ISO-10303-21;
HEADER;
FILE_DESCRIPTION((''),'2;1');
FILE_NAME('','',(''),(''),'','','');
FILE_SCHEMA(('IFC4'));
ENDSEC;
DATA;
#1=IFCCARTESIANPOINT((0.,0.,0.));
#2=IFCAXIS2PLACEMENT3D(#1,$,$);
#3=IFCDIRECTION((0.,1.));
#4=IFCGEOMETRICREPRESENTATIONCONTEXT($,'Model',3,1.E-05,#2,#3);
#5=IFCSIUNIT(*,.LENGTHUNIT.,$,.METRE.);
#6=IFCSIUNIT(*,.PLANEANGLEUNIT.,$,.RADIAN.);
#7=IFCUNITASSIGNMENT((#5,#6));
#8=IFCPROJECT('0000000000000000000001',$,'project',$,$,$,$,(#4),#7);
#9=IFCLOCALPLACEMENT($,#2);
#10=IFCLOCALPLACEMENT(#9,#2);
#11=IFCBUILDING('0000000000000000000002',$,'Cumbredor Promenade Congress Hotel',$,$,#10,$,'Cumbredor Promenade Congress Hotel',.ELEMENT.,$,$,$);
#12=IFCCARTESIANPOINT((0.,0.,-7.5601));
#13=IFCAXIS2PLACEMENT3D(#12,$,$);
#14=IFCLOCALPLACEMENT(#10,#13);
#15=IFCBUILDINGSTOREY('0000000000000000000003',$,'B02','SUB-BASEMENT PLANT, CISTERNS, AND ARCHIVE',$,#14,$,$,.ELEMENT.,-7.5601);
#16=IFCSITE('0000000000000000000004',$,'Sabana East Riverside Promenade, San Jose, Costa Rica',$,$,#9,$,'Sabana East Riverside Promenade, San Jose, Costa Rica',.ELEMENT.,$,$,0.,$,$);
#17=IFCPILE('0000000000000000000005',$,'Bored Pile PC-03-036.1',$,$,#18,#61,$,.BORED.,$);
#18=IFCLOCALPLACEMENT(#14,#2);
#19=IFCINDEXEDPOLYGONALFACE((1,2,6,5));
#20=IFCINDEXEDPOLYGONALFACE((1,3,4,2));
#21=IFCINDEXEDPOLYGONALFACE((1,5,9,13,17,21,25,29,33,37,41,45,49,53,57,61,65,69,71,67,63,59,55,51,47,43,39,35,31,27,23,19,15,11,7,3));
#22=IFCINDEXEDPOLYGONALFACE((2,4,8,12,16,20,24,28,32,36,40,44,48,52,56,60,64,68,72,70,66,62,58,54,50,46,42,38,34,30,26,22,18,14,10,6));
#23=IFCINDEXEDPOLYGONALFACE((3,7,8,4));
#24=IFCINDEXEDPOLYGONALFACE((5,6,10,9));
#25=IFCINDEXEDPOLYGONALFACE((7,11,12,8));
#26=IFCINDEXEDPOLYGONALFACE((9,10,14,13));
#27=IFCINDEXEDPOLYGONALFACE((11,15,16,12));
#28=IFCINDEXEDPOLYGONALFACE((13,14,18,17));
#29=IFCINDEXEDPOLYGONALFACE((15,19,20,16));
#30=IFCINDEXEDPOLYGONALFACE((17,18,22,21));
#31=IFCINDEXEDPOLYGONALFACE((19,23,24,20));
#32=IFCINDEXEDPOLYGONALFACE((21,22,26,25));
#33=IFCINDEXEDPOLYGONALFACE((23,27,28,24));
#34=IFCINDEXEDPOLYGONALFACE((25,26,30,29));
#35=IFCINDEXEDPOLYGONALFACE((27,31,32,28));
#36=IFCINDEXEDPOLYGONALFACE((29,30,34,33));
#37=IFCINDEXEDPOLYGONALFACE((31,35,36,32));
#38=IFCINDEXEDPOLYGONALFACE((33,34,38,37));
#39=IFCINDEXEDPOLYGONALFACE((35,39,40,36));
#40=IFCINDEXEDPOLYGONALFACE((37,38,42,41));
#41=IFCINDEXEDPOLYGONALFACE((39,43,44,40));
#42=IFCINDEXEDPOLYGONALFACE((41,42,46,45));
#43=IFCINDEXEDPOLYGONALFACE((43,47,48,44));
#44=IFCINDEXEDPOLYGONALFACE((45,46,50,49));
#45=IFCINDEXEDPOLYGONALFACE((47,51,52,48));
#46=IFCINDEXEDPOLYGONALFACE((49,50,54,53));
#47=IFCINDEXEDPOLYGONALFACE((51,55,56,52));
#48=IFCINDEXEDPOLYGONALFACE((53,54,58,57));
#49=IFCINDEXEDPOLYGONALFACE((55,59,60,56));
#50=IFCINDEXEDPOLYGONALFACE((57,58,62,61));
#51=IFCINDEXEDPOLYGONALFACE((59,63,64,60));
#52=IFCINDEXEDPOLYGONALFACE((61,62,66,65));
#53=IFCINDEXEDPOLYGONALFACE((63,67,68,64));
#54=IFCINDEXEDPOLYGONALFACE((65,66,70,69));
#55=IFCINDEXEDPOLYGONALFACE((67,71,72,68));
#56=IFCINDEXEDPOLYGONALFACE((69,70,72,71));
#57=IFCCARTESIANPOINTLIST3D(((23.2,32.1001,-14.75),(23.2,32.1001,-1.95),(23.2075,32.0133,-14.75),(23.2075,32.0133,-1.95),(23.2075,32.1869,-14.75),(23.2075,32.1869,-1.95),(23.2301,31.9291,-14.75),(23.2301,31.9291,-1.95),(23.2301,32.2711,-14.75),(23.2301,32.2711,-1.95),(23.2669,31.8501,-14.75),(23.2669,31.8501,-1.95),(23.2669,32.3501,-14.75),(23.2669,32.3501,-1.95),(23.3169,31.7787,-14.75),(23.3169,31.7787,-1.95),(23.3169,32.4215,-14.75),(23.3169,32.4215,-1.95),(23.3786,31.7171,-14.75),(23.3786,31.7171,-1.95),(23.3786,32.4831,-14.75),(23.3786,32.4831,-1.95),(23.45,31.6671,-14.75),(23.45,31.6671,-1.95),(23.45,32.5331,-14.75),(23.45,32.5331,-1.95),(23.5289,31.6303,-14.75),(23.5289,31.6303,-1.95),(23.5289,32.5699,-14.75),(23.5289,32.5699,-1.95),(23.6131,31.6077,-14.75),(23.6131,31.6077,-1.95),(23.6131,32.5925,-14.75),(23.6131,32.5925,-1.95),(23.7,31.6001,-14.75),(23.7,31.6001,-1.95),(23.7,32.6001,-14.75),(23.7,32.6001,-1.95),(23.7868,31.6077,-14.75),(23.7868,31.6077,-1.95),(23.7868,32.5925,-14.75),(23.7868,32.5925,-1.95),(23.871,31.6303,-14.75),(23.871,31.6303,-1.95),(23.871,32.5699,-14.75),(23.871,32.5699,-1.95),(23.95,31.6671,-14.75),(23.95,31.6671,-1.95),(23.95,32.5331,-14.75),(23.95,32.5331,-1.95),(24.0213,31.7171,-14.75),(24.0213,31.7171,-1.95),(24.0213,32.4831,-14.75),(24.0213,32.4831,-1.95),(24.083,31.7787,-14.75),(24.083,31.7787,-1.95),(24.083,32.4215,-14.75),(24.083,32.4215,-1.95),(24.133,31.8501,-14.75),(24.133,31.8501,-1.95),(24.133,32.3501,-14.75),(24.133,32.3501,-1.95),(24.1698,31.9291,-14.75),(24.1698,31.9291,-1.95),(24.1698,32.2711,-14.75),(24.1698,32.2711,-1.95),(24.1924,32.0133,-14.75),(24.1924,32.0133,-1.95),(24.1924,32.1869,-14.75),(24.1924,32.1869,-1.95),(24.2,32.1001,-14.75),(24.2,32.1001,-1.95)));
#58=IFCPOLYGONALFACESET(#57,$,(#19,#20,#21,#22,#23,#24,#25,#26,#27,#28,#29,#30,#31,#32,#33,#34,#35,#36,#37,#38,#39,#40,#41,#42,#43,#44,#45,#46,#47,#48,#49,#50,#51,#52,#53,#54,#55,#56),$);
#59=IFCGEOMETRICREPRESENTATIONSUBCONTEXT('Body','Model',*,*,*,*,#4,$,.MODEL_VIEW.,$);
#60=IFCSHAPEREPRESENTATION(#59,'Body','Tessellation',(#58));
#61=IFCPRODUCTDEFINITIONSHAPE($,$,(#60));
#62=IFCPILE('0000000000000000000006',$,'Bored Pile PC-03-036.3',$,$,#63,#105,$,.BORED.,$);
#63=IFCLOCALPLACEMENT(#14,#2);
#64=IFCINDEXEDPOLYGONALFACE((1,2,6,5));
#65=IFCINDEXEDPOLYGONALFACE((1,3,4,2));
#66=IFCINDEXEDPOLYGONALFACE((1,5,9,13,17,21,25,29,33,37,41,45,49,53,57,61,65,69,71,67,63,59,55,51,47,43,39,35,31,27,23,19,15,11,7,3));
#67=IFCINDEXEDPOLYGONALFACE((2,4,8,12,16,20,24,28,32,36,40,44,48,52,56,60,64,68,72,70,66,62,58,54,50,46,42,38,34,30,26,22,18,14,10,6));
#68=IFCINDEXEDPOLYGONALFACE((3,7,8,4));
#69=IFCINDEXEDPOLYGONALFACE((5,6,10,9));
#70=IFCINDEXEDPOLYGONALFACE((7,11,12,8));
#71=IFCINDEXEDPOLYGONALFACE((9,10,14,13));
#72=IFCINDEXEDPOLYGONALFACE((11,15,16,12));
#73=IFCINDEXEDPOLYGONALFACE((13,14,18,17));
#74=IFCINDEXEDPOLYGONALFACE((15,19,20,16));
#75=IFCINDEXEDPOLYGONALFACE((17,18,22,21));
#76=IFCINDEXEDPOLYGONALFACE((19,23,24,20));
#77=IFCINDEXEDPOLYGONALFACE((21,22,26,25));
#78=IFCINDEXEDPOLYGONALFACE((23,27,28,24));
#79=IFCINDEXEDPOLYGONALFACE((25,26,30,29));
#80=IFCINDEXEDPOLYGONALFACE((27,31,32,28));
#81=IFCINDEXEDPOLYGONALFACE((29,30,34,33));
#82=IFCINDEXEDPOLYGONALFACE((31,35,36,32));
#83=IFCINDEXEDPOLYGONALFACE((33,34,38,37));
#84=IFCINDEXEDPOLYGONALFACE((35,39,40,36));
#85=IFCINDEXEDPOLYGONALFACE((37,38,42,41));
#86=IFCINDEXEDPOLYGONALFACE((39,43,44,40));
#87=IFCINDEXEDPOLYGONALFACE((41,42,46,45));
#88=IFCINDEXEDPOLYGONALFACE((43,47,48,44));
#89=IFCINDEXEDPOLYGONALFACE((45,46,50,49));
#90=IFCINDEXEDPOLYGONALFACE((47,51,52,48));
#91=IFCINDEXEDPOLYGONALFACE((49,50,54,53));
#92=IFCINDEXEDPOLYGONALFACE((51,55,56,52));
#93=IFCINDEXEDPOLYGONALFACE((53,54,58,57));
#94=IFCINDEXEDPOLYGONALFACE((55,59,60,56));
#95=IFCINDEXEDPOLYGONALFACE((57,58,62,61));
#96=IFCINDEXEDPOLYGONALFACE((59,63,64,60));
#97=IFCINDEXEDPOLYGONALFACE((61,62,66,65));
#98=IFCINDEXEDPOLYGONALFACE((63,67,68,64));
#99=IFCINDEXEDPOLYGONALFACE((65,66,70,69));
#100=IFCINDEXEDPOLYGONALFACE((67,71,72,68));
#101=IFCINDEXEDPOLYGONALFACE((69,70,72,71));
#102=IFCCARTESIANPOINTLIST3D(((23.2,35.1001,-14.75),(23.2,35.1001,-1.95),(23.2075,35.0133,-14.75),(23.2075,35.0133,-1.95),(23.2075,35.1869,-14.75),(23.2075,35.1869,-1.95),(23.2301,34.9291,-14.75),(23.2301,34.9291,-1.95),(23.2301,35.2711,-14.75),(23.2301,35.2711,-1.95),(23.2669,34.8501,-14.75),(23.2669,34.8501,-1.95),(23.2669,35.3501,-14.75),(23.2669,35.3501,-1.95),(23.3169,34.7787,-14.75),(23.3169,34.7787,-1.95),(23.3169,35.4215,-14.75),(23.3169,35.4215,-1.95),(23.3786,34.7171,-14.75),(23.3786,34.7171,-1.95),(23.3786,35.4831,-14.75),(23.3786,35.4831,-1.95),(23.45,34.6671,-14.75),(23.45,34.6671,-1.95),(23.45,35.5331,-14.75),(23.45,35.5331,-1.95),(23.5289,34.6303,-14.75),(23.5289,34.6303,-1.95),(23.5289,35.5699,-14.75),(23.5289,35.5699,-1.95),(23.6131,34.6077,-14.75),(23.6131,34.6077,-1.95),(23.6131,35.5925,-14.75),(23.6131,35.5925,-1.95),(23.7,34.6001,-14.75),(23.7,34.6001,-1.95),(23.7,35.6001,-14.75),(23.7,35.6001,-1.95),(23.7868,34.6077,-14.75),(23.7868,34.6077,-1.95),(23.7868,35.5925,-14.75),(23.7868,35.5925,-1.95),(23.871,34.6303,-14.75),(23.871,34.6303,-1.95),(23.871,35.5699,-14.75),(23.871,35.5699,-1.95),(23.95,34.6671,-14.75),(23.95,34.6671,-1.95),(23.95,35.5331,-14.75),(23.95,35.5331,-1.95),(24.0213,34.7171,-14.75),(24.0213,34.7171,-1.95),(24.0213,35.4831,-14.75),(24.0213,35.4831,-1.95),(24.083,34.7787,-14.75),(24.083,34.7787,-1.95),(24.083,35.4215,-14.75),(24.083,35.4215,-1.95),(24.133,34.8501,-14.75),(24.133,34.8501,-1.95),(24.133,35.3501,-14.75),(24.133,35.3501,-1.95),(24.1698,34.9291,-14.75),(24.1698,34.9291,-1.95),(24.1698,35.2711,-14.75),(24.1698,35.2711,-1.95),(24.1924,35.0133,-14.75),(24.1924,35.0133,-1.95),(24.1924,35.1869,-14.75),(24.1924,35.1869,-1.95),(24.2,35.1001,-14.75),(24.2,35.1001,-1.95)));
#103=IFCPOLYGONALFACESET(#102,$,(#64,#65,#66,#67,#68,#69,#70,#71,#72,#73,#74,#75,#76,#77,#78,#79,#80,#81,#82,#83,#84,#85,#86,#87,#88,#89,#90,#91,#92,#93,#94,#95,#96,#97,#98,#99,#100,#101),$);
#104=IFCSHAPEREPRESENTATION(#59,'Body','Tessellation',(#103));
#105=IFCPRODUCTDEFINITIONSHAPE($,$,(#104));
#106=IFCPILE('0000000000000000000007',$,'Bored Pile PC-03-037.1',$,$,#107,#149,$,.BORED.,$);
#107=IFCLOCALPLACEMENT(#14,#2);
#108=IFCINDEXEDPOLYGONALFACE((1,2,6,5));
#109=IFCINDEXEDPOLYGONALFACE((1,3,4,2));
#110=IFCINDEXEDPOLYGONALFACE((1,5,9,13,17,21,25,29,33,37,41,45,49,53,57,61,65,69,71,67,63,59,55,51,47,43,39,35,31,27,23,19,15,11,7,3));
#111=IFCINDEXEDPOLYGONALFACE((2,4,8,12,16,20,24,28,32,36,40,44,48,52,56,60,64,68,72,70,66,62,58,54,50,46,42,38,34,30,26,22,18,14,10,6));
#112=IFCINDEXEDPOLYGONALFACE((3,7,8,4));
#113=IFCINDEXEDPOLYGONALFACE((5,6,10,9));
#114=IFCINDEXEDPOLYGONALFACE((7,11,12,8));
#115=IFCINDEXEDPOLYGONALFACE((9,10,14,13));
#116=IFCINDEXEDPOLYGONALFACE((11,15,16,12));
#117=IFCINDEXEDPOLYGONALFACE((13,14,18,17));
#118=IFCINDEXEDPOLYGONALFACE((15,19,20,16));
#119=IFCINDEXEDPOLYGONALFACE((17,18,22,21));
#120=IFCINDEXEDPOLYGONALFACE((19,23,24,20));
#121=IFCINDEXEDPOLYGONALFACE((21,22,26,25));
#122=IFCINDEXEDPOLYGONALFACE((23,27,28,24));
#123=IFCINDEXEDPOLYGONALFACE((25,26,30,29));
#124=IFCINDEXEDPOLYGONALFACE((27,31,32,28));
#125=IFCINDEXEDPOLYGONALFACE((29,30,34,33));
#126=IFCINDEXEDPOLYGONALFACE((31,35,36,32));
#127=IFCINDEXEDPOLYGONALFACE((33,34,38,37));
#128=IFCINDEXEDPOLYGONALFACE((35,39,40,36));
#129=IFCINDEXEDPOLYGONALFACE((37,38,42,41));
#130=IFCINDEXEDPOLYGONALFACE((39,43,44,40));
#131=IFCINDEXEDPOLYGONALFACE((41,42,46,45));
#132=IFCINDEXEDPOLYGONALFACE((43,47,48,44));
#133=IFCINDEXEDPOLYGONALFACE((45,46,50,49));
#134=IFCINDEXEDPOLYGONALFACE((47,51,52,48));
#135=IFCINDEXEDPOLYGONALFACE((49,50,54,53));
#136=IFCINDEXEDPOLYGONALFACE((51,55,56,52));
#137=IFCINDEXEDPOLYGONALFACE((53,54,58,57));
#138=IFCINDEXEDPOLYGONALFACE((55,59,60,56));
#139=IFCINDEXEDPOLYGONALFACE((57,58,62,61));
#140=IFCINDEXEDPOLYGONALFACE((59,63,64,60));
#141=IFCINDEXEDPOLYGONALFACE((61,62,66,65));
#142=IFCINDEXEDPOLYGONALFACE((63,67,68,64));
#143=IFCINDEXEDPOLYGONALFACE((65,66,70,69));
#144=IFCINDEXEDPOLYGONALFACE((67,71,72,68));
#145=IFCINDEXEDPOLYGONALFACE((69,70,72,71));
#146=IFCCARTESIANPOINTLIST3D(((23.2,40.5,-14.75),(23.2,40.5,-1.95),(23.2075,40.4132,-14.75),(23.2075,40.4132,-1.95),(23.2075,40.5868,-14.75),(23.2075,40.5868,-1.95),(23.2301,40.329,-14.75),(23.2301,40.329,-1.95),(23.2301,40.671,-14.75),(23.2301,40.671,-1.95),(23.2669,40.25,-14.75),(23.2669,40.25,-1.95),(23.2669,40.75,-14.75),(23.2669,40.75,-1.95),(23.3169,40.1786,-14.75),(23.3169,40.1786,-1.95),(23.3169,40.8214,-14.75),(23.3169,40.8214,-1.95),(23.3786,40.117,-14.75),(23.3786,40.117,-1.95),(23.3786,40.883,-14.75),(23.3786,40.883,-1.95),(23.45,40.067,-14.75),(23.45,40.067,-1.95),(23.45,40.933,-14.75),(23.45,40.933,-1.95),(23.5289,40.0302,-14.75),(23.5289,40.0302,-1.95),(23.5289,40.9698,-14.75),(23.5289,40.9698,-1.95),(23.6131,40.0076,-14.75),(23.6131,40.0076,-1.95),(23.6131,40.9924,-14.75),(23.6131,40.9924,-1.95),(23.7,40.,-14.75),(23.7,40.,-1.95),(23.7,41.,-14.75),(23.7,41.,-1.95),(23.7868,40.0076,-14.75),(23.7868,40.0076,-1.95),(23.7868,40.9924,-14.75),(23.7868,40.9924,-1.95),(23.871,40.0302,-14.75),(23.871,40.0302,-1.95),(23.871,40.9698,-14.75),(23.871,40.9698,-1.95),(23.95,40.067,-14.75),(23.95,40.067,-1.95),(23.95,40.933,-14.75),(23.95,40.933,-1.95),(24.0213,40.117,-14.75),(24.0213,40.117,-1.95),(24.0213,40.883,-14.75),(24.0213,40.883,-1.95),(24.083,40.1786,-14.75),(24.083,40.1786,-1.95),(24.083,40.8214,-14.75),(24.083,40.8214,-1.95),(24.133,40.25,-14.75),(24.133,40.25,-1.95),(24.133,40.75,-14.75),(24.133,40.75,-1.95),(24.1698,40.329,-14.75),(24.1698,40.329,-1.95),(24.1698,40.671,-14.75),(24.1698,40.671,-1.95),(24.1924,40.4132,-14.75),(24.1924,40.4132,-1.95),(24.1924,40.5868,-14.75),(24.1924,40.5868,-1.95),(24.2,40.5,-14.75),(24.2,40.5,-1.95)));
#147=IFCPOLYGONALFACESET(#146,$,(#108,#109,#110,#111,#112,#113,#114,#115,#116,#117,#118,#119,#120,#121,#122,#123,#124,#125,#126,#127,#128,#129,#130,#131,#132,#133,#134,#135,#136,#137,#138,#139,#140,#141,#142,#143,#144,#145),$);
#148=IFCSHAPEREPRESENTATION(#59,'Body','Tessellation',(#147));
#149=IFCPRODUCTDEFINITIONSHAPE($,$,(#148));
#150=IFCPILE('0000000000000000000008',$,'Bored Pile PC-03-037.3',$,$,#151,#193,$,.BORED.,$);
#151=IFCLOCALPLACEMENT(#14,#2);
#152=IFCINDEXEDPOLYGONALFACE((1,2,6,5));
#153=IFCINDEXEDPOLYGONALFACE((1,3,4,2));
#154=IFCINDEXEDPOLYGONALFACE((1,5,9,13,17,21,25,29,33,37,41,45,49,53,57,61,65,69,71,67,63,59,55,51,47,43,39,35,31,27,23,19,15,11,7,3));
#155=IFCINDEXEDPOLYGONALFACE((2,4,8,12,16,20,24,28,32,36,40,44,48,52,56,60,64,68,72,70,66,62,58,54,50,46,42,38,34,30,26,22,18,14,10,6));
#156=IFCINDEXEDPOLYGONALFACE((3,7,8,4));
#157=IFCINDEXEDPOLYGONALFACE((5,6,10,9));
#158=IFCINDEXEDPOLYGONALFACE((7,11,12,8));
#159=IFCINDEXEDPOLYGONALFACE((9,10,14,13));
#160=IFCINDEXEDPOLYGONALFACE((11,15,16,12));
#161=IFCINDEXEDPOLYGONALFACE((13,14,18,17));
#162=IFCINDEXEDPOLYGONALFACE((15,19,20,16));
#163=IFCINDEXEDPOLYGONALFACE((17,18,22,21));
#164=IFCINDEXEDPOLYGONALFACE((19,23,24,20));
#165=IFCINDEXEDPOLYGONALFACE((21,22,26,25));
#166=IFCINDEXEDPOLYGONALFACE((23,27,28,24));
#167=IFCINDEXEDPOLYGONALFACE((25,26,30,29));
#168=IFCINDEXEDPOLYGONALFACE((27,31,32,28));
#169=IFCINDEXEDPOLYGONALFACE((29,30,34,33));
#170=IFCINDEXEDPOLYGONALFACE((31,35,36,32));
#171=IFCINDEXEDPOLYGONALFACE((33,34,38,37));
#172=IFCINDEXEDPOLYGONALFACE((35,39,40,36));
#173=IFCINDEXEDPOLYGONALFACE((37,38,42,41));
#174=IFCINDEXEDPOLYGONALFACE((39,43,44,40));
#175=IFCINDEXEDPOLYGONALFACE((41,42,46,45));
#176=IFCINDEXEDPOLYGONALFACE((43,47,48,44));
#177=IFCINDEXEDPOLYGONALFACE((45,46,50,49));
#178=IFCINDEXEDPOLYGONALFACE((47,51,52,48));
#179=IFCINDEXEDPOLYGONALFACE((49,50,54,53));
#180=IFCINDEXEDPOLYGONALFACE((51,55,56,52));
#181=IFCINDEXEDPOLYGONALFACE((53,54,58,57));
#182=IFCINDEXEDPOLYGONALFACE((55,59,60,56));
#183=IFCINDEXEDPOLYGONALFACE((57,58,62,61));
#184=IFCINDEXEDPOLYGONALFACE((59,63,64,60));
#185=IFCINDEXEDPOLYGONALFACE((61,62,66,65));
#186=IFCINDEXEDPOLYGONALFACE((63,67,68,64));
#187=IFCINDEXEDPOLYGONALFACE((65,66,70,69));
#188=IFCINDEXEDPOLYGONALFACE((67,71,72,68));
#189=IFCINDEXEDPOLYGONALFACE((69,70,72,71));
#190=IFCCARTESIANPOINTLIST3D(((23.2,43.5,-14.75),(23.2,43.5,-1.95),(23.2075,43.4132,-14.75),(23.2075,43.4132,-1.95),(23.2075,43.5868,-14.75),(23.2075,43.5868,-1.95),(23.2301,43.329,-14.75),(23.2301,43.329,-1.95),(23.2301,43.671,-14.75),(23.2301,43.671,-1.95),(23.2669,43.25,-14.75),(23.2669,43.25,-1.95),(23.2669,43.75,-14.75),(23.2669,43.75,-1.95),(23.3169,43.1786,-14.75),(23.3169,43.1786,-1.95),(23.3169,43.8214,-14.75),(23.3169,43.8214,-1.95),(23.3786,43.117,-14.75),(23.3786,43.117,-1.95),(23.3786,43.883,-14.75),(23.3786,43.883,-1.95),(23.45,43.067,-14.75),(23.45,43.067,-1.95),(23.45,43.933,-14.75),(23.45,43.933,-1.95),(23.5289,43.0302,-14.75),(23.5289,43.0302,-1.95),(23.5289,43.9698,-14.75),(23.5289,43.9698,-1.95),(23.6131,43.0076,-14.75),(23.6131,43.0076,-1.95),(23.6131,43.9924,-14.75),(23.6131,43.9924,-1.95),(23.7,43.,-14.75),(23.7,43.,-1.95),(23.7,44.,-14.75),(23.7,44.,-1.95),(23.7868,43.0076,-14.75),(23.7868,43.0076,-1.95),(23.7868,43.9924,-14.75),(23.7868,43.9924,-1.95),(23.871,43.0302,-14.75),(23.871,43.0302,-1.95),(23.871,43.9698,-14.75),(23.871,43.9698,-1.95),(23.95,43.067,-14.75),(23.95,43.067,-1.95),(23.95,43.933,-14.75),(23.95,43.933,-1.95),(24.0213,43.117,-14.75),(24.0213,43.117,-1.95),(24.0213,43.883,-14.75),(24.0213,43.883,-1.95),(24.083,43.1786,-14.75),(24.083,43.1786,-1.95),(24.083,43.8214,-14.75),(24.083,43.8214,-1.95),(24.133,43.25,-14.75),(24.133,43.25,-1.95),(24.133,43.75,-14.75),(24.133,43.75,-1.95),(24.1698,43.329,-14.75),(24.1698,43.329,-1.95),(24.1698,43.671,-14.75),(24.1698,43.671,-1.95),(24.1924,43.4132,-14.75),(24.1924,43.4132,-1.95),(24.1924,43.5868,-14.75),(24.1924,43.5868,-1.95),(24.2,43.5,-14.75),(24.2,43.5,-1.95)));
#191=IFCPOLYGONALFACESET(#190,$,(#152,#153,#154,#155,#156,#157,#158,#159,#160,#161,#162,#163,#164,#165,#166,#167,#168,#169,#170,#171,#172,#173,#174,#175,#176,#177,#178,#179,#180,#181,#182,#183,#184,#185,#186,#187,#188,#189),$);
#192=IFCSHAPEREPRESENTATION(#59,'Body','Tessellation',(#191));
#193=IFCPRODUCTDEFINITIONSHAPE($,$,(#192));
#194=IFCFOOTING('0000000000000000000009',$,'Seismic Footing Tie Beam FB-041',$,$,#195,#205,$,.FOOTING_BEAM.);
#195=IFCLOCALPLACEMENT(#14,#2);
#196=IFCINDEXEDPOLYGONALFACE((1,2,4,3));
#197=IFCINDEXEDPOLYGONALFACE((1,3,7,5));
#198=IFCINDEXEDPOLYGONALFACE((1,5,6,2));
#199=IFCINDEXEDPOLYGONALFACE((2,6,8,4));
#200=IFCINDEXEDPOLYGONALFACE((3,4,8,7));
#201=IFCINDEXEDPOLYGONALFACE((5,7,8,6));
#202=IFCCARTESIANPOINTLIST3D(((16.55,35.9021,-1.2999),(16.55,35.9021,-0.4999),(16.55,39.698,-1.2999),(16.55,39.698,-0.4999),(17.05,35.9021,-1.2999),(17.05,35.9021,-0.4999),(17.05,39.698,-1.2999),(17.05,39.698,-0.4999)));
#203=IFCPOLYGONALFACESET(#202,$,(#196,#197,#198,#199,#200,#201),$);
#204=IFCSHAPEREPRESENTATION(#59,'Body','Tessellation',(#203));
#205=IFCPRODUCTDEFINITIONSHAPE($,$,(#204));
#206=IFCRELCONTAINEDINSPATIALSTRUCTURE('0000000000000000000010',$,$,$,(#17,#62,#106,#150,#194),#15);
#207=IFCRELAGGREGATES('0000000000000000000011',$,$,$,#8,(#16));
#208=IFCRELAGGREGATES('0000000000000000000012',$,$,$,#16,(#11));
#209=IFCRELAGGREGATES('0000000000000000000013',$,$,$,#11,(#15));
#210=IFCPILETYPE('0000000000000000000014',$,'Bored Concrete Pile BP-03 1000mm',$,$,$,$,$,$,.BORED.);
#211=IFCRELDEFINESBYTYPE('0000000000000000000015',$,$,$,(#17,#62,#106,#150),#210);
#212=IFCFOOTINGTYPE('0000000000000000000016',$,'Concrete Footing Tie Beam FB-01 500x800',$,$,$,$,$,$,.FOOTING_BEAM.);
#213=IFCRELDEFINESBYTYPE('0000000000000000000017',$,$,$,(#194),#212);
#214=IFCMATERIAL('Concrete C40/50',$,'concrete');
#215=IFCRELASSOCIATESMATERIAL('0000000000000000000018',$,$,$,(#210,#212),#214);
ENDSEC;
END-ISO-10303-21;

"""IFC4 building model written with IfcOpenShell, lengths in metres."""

from ifc_helpers import new_model, si_unit, direction, frame, origin, origin_2d, place, context, subcontext, project, spatial, rectangle, circle, extrude, material, material_profile, profile_set, type_object, element, save


model = new_model("IFC4")

# Units and contexts
model_context = context("Model", 3, precision=1e-05, world=origin(), true_north=direction((0.0, 1.0)))
body_context = subcontext(model_context, "Body", "Model", "MODEL_VIEW")
ifc_project = project(units=[si_unit("LENGTHUNIT", "METRE"), si_unit("PLANEANGLEUNIT", "RADIAN")], contexts=[model_context])

# Site, building, storey
site_placement = place(None, origin())
site = spatial("IfcSite", under=ifc_project, at=site_placement, Name="Sabana East Riverside Promenade, San Jose, Costa Rica", LongName="Sabana East Riverside Promenade, San Jose, Costa Rica", CompositionType="ELEMENT", RefElevation=0.0)
building_placement = place(site_placement, origin())
building = spatial("IfcBuilding", under=site, at=building_placement, Name="Cumbredor Promenade Congress Hotel", LongName="Cumbredor Promenade Congress Hotel", CompositionType="ELEMENT")
storey_placement = place(building_placement, frame((0.0, 0.0, -7.5601)))
storey = spatial("IfcBuildingStorey", under=building, at=storey_placement, Name="B02", Description="SUB-BASEMENT PLANT, CISTERNS, AND ARCHIVE", CompositionType="ELEMENT", Elevation=-7.5601)

# Piles
ifc_material_1 = material(Name="Concrete C40/50", Category="concrete")
ifc_material_profile_1 = material_profile(ifc_material_1, circle(Radius=0.5, at=origin_2d()), Name="PILE D1000")
ifc_profile_set_1 = profile_set([ifc_material_profile_1], Name="Concrete C40/50")
pile_type = type_object("IfcPileType", Name="Bored Concrete Pile BP-03 1000mm", PredefinedType="BORED", material=ifc_profile_set_1)
for number, where, z_axis, x_axis, name in (
    (1, (23.7, 32.1001, -1.95), (0.0, 0.0, -1.0), (1.0, 0.0, 0.0), "Bored Pile PC-03-036.1"),
    (2, (23.7, 35.1001, -1.95), (0.0, 0.0, -1.0), (1.0, 0.0, 0.0), "Bored Pile PC-03-036.3"),
    (3, (23.7, 40.5, -1.95), (0.0, 0.0, -1.0), (1.0, 0.0, 0.0), "Bored Pile PC-03-037.1"),
    (4, (23.7, 43.5, -1.95), (0.0, 0.0, -1.0), (1.0, 0.0, 0.0), "Bored Pile PC-03-037.3"),
):
    element("IfcPile", number, at=place(storey_placement, frame(where, z_axis=z_axis, x_axis=x_axis)), inside=storey, type_object=pile_type, Name=name, PredefinedType="BORED", context=body_context, shape_type="SweptSolid", body=[
        extrude(circle(Radius=0.5, at=origin_2d()), origin(), (0.0, 0.0, 1.0), 12.8),
    ])

# Footing
ifc_material_profile_2 = material_profile(ifc_material_1, rectangle(XDim=0.5, YDim=0.8, at=origin_2d()), Name="FB 500x800")
ifc_profile_set_2 = profile_set([ifc_material_profile_2], Name="Concrete C40/50")
footing_type_1 = type_object("IfcFootingType", Name="Concrete Footing Tie Beam FB-01 500x800", PredefinedType="FOOTING_BEAM", material=ifc_profile_set_2)
for number, where, z_axis, x_axis, name in (
    (5, (16.8, 35.9021, -0.8999), (0.0, 1.0, 0.0), (-1.0, 0.0, 0.0), "Seismic Footing Tie Beam FB-041"),
):
    element("IfcFooting", number, at=place(storey_placement, frame(where, z_axis=z_axis, x_axis=x_axis)), inside=storey, type_object=footing_type_1, Name=name, PredefinedType="FOOTING_BEAM", context=body_context, shape_type="SweptSolid", body=[
        extrude(rectangle(XDim=0.5, YDim=0.8, at=origin_2d()), origin(), (0.0, 0.0, 1.0), 3.7959),
    ])

save(model, "model.ifc")
